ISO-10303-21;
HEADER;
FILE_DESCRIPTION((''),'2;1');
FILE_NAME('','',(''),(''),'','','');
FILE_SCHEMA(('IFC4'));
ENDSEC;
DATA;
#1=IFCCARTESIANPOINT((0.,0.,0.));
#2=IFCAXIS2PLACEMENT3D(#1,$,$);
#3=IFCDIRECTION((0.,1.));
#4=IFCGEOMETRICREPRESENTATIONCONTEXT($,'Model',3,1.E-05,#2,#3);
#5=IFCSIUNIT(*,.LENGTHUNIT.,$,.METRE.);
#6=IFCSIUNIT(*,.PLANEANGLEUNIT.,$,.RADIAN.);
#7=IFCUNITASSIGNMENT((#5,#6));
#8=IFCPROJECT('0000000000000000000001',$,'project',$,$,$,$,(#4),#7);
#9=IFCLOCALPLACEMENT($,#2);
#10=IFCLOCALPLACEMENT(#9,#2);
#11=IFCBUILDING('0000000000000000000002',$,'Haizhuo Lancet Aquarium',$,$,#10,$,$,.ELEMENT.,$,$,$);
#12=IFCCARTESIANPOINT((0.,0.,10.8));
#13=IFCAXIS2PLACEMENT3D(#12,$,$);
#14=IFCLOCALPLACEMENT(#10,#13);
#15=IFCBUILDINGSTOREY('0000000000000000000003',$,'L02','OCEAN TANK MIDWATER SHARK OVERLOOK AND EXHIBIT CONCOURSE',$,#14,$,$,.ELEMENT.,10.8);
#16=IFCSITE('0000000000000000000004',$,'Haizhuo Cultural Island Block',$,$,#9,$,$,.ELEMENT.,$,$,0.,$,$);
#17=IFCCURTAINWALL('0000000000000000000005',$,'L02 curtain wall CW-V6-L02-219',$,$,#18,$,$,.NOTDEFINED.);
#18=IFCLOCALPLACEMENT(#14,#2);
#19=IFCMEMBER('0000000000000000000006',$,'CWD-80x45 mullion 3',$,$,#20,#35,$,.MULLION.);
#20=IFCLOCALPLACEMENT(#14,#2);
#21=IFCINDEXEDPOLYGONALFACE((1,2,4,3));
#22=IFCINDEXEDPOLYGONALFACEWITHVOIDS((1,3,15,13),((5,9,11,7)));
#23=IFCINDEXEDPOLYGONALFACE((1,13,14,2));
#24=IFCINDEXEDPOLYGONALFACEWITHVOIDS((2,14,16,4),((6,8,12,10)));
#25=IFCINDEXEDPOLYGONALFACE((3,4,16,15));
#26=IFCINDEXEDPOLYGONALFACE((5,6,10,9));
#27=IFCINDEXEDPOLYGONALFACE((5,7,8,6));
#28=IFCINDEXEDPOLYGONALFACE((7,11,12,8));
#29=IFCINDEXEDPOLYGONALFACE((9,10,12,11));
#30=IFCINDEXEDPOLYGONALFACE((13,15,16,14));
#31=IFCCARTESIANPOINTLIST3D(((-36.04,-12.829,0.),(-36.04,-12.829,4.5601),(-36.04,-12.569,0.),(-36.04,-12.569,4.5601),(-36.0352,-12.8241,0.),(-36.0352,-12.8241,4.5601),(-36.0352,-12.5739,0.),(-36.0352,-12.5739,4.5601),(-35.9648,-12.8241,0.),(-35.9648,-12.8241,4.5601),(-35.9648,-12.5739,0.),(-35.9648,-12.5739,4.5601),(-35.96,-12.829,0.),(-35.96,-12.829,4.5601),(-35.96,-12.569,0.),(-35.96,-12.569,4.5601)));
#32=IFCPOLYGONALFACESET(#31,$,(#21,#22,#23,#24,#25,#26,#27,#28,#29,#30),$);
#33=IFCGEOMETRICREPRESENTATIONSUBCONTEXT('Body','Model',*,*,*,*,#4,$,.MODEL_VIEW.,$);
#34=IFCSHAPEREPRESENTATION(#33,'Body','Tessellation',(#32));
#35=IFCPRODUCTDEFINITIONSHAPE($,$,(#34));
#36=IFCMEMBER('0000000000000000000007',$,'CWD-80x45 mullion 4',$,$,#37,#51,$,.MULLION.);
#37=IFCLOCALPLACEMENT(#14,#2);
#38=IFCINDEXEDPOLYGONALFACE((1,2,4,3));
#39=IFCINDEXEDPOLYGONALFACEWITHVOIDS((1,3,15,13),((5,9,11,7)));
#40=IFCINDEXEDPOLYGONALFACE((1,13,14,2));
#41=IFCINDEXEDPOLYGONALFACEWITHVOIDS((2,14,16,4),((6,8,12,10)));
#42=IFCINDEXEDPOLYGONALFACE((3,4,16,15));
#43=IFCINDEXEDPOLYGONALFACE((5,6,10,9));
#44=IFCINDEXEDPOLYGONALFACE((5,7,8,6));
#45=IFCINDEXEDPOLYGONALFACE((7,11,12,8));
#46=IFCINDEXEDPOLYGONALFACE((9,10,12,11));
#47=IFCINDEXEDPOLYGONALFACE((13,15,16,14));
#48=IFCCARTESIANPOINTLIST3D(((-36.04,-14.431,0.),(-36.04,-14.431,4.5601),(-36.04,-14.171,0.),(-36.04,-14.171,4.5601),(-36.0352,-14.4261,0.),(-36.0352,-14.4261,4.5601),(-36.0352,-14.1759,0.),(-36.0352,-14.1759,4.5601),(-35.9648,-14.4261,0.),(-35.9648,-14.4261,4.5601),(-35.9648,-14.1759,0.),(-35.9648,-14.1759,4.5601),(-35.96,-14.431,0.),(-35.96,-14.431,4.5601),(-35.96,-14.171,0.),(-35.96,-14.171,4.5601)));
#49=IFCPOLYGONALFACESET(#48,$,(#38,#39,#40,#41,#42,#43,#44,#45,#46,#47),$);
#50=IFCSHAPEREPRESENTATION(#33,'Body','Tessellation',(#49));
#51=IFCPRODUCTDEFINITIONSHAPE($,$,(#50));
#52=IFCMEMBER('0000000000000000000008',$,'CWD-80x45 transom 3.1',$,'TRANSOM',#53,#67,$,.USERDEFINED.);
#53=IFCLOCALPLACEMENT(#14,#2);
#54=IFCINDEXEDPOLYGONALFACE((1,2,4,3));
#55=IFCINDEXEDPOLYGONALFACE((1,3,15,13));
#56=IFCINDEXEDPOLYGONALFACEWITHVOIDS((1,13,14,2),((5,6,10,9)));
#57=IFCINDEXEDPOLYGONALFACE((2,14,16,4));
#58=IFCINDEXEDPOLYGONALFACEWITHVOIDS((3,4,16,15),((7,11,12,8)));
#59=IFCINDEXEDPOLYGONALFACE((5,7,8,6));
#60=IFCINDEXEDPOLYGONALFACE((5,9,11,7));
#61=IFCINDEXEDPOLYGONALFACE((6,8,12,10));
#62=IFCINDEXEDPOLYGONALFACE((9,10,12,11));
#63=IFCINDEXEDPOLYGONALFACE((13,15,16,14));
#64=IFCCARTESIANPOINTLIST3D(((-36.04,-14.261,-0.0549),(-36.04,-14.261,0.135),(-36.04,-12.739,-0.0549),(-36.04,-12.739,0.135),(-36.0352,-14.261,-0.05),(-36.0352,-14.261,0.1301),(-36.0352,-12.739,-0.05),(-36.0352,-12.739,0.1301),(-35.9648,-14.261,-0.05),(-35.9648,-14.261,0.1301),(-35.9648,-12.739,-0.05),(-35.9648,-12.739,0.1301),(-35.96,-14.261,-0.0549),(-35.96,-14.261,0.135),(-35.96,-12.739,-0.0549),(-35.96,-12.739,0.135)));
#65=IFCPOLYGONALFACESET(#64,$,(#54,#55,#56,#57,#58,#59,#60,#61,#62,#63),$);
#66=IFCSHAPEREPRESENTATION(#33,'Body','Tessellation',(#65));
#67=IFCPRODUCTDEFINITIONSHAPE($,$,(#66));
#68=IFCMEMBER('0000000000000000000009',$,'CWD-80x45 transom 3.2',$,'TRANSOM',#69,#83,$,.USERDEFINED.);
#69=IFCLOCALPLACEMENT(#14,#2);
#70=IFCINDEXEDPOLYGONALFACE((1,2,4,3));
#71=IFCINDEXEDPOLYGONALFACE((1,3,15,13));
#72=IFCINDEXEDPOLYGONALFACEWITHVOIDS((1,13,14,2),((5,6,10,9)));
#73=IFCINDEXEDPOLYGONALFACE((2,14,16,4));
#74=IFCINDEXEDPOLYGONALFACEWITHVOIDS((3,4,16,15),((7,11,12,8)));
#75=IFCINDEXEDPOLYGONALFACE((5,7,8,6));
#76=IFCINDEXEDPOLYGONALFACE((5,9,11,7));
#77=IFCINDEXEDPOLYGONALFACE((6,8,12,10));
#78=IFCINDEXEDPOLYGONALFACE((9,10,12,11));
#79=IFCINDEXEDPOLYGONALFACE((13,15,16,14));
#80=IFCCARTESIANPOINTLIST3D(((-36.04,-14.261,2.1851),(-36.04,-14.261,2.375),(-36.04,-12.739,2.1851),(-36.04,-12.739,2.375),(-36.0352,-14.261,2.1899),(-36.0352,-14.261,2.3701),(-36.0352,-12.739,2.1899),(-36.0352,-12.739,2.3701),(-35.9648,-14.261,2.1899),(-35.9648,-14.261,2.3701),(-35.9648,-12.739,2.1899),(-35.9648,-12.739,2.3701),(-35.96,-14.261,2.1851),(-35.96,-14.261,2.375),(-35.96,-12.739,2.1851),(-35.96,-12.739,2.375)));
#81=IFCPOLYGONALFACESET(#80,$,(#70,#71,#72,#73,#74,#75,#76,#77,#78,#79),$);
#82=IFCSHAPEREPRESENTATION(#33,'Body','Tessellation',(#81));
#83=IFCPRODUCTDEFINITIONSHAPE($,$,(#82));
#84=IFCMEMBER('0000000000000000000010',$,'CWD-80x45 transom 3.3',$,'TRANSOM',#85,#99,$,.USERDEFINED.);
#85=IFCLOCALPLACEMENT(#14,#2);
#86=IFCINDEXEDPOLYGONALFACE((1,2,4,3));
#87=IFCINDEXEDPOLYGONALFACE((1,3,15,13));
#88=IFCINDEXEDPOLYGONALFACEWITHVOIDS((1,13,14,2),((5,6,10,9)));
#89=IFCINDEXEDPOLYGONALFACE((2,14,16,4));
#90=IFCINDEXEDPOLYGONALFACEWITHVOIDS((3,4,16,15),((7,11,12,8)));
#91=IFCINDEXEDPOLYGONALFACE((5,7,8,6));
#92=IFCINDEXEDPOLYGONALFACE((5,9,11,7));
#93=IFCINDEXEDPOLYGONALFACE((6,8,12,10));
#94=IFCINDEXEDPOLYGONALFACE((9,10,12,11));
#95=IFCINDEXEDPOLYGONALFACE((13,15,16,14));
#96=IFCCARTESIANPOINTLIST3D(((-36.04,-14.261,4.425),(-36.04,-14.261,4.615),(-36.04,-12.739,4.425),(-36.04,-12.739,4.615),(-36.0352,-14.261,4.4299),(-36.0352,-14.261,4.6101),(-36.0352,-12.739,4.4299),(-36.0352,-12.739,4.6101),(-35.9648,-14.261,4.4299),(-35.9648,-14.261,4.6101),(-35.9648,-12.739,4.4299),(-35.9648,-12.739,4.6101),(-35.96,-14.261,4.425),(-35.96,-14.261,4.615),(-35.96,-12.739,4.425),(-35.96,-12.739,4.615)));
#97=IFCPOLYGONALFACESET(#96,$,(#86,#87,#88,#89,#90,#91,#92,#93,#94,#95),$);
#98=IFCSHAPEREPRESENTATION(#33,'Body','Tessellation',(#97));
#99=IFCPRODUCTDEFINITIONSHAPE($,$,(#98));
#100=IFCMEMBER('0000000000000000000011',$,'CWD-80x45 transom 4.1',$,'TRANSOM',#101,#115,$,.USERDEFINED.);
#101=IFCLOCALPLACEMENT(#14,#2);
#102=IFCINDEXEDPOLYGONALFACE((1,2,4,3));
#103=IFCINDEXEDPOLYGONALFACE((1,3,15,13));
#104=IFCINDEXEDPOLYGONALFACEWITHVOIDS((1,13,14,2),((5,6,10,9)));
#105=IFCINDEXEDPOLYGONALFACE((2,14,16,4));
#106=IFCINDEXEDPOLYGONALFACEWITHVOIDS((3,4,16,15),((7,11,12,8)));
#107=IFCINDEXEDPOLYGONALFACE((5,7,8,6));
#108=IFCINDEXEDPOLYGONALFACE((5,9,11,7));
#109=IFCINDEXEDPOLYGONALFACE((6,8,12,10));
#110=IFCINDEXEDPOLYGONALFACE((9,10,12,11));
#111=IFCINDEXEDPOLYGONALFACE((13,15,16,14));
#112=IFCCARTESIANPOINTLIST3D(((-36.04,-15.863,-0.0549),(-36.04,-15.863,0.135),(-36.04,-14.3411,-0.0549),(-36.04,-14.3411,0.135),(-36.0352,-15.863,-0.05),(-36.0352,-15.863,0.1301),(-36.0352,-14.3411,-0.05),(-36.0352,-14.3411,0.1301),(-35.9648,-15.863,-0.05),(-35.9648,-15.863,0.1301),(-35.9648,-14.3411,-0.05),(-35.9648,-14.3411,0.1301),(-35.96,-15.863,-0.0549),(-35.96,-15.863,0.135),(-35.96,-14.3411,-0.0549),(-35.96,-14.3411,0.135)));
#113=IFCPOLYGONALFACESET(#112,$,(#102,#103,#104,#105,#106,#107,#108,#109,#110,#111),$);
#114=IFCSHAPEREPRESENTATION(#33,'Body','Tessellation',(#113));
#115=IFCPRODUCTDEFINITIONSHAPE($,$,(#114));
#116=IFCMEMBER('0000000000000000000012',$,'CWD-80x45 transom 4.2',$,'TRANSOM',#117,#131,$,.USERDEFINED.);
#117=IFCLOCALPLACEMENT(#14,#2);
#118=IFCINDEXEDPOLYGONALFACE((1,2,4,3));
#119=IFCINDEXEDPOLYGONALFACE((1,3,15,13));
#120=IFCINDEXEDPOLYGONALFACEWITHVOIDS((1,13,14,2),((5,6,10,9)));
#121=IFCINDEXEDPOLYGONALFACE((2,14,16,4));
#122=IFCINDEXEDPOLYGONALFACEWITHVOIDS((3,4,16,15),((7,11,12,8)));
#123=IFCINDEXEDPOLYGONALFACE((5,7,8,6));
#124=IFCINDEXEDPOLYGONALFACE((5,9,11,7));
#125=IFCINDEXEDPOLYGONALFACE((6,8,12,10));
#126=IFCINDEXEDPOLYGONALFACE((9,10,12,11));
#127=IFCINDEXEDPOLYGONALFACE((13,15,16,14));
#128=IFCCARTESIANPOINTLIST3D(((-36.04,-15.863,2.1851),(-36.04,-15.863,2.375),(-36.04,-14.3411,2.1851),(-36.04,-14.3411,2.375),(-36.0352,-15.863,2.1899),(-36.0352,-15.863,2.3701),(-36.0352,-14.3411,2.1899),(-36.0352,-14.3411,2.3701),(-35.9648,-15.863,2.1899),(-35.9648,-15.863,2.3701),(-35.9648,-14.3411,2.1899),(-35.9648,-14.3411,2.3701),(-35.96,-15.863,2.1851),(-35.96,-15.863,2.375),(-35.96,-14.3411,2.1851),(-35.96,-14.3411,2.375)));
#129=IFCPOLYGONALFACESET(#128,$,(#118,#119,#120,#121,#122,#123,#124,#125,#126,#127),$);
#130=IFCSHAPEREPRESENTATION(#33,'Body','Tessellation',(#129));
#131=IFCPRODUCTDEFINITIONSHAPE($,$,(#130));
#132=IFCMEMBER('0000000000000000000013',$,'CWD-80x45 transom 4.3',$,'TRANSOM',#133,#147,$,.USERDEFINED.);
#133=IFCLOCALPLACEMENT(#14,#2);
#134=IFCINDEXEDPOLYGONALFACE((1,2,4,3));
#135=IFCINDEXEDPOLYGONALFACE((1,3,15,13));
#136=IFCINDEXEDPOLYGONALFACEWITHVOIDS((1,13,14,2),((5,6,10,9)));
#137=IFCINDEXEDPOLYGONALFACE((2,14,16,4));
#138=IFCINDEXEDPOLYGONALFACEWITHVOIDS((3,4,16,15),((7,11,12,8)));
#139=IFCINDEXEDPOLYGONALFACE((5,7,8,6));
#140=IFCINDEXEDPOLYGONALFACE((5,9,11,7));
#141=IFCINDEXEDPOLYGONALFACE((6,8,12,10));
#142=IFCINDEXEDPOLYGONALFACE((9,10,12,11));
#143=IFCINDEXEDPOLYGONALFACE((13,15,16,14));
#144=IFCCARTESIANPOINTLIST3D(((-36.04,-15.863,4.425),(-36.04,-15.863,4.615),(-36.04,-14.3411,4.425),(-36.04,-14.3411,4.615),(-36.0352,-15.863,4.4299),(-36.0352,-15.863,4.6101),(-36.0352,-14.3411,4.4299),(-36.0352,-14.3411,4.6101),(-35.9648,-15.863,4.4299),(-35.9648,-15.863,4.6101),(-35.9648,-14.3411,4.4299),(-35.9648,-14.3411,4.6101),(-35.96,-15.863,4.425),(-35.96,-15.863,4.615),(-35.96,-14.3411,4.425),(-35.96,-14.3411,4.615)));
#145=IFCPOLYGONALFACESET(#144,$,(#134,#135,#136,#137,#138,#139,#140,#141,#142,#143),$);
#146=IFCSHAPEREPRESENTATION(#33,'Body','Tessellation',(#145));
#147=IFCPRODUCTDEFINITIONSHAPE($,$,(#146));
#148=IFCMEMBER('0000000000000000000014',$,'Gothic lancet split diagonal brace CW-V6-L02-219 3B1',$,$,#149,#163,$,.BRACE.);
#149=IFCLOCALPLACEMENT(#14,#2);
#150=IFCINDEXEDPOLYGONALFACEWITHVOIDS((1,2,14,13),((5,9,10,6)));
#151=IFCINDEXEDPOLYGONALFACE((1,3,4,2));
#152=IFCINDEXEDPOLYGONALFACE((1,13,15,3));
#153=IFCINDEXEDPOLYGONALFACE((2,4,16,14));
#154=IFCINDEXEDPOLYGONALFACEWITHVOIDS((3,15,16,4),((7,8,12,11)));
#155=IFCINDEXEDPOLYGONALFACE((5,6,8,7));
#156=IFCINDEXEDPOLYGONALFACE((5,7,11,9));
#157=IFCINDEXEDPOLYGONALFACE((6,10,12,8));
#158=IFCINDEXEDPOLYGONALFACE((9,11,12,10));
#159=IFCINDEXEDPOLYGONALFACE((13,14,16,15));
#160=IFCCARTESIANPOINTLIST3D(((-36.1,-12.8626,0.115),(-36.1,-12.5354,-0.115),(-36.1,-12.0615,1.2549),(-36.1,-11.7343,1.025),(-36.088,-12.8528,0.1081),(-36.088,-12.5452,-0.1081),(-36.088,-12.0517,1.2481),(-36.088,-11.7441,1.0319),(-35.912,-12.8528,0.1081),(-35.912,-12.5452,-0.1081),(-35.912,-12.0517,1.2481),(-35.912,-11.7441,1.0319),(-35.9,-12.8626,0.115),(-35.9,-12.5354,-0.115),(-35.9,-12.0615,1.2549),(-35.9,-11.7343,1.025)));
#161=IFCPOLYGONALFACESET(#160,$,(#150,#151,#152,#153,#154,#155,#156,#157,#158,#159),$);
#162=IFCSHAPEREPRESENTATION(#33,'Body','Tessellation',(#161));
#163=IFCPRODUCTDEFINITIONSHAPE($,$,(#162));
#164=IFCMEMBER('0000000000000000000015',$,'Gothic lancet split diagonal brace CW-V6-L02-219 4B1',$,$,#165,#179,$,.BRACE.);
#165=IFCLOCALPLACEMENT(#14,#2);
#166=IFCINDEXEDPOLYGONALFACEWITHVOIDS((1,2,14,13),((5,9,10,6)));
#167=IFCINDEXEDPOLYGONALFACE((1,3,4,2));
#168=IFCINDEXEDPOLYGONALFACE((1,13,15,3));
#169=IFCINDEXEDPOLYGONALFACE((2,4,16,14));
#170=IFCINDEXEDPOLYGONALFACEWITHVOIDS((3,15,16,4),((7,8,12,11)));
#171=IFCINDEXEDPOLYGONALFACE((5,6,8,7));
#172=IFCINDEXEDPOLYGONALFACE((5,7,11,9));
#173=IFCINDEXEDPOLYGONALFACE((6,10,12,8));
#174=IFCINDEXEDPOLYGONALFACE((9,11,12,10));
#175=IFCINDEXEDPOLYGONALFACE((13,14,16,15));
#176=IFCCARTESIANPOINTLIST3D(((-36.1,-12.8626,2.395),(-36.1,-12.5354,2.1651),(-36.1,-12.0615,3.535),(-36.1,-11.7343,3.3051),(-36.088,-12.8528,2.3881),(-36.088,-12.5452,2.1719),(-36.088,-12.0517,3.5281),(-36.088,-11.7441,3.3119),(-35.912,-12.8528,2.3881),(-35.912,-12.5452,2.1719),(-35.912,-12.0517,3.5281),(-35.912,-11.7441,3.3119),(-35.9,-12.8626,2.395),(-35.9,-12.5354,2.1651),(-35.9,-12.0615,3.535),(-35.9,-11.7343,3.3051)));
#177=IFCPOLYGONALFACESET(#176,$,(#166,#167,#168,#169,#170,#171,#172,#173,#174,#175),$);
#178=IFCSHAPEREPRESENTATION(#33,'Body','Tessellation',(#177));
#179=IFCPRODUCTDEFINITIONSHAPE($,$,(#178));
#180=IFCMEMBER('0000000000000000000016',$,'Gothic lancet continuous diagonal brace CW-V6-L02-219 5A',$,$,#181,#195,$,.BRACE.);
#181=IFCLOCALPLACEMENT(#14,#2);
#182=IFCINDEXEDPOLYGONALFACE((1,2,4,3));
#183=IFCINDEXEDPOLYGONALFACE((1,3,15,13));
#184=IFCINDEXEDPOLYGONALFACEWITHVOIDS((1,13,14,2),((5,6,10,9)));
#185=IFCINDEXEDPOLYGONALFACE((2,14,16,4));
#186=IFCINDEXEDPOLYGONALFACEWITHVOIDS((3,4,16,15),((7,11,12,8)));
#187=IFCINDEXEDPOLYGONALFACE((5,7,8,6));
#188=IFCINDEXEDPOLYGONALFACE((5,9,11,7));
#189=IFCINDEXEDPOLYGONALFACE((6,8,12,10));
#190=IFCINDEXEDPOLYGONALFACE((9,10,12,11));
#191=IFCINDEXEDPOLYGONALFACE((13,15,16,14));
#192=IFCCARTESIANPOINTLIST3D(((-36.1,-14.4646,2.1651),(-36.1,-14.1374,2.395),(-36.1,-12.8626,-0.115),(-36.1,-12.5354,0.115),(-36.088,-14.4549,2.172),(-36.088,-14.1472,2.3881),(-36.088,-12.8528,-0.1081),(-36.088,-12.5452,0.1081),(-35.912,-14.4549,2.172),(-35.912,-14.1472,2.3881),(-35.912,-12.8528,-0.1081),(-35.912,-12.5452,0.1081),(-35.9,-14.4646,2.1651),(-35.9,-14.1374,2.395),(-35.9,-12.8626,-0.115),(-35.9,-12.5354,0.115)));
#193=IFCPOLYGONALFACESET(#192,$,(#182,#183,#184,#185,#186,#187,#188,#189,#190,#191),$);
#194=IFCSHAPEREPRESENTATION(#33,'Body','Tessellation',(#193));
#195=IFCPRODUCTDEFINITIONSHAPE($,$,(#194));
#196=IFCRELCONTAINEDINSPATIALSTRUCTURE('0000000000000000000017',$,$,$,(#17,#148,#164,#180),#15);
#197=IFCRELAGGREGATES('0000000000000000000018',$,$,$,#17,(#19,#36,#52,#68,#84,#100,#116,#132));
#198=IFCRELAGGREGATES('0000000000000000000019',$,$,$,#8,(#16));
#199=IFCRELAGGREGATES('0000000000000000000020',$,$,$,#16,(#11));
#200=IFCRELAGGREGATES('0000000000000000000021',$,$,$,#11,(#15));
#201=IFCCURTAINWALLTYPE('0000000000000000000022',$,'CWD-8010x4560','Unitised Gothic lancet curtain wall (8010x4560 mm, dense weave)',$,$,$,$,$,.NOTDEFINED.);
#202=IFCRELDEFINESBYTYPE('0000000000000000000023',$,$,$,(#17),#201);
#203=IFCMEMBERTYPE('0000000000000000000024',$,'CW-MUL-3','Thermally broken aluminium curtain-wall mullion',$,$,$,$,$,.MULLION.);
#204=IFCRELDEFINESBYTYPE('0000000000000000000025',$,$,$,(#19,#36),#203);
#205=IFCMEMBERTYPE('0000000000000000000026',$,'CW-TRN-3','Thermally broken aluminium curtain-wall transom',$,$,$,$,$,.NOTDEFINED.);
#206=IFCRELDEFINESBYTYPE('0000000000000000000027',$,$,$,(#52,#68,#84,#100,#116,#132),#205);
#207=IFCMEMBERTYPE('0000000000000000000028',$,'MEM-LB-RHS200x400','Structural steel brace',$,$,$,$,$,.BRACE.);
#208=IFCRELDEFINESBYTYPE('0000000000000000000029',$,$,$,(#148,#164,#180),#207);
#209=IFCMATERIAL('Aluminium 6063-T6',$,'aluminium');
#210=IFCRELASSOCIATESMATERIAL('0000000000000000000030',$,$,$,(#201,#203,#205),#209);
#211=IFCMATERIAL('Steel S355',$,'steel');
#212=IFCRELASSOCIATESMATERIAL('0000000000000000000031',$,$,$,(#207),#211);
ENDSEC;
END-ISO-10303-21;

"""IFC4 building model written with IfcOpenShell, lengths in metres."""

from ifc_helpers import new_model, si_unit, direction, frame, origin, origin_2d, place, context, subcontext, project, spatial, hollow_rectangle, extrude, material, material_profile, profile_set, type_object, element, aggregate, save


model = new_model("IFC4")

# Units and contexts
model_context = context("Model", 3, precision=1e-05, world=origin(), true_north=direction((0.0, 1.0)))
body_context = subcontext(model_context, "Body", "Model", "MODEL_VIEW")
ifc_project = project(units=[si_unit("LENGTHUNIT", "METRE"), si_unit("PLANEANGLEUNIT", "RADIAN")], contexts=[model_context])

# Site, building, storey
site_placement = place(None, origin())
site = spatial("IfcSite", under=ifc_project, at=site_placement, Name="Haizhuo Cultural Island Block", CompositionType="ELEMENT", RefElevation=0.0)
building_placement = place(site_placement, origin())
building = spatial("IfcBuilding", under=site, at=building_placement, Name="Haizhuo Lancet Aquarium", CompositionType="ELEMENT")
storey_placement = place(building_placement, frame((0.0, 0.0, 10.8)))
storey = spatial("IfcBuildingStorey", under=building, at=storey_placement, Name="L02", Description="OCEAN TANK MIDWATER SHARK OVERLOOK AND EXHIBIT CONCOURSE", CompositionType="ELEMENT", Elevation=10.8)

# Curtain wall, members
ifc_material_1 = material(Name="Aluminium 6063-T6", Category="aluminium")
curtain_wall_type = type_object("IfcCurtainWallType", Name="CWD-8010x4560", Description="Unitised Gothic lancet curtain wall (8010x4560 mm, dense weave)", PredefinedType="NOTDEFINED", material=ifc_material_1)
curtain_wall_placement = place(storey_placement, origin())
curtain_wall = element("IfcCurtainWall", 1, at=curtain_wall_placement, inside=storey, type_object=curtain_wall_type, Name="L02 curtain wall CW-V6-L02-219", PredefinedType="NOTDEFINED")
ifc_material_profile_1 = material_profile(ifc_material_1, hollow_rectangle(XDim=0.0801, YDim=0.26, WallThickness=0.0049, at=origin_2d()), Name="ALU-M 80x260x5")
ifc_profile_set_1 = profile_set([ifc_material_profile_1], Name="Aluminium 6063-T6")
member_type_1 = type_object("IfcMemberType", Name="CW-MUL-3", Description="Thermally broken aluminium curtain-wall mullion", PredefinedType="MULLION", material=ifc_profile_set_1)
member_1_placement = place(storey_placement, frame((-36.0, -12.699, 0.0), z_axis=(0.0, 0.0, 1.0), x_axis=(1.0, 0.0, 0.0)))
member_1 = element("IfcMember", 2, at=member_1_placement, type_object=member_type_1, Name="CWD-80x45 mullion 3", PredefinedType="MULLION", context=body_context, shape_type="SweptSolid", body=[
    extrude(hollow_rectangle(XDim=0.0801, YDim=0.26, WallThickness=0.0049, at=origin_2d()), origin(), (0.0, 0.0, 1.0), 4.5601),
])
member_2_placement = place(storey_placement, frame((-36.0, -14.301, 0.0), z_axis=(0.0, 0.0, 1.0), x_axis=(1.0, 0.0, 0.0)))
member_2 = element("IfcMember", 3, at=member_2_placement, type_object=member_type_1, Name="CWD-80x45 mullion 4", PredefinedType="MULLION", context=body_context, shape_type="SweptSolid", body=[
    extrude(hollow_rectangle(XDim=0.0801, YDim=0.26, WallThickness=0.0049, at=origin_2d()), origin(), (0.0, 0.0, 1.0), 4.5601),
])
ifc_material_profile_2 = material_profile(ifc_material_1, hollow_rectangle(XDim=0.0801, YDim=0.1899, WallThickness=0.0049, at=origin_2d()), Name="ALU-T 80x190x5")
ifc_profile_set_2 = profile_set([ifc_material_profile_2], Name="Aluminium 6063-T6")
member_type_2 = type_object("IfcMemberType", Name="CW-TRN-3", Description="Thermally broken aluminium curtain-wall transom", PredefinedType="NOTDEFINED", material=ifc_profile_set_2)
member_3_placement = place(storey_placement, frame((-36.0, -12.739, 0.04), z_axis=(0.0, -1.0, 0.0), x_axis=(1.0, 0.0, 0.0)))
member_3 = element("IfcMember", 4, at=member_3_placement, type_object=member_type_2, Name="CWD-80x45 transom 3.1", ObjectType="TRANSOM", PredefinedType="USERDEFINED", context=body_context, shape_type="SweptSolid", body=[
    extrude(hollow_rectangle(XDim=0.0801, YDim=0.1899, WallThickness=0.0049, at=origin_2d()), origin(), (0.0, 0.0, 1.0), 1.522),
])
member_4_placement = place(storey_placement, frame((-36.0, -12.739, 2.28), z_axis=(0.0, -1.0, 0.0), x_axis=(1.0, 0.0, 0.0)))
member_4 = element("IfcMember", 5, at=member_4_placement, type_object=member_type_2, Name="CWD-80x45 transom 3.2", ObjectType="TRANSOM", PredefinedType="USERDEFINED", context=body_context, shape_type="SweptSolid", body=[
    extrude(hollow_rectangle(XDim=0.0801, YDim=0.1899, WallThickness=0.0049, at=origin_2d()), origin(), (0.0, 0.0, 1.0), 1.522),
])
member_5_placement = place(storey_placement, frame((-36.0, -12.739, 4.52), z_axis=(0.0, -1.0, 0.0), x_axis=(1.0, 0.0, 0.0)))
member_5 = element("IfcMember", 6, at=member_5_placement, type_object=member_type_2, Name="CWD-80x45 transom 3.3", ObjectType="TRANSOM", PredefinedType="USERDEFINED", context=body_context, shape_type="SweptSolid", body=[
    extrude(hollow_rectangle(XDim=0.0801, YDim=0.1899, WallThickness=0.0049, at=origin_2d()), origin(), (0.0, 0.0, 1.0), 1.522),
])
member_6_placement = place(storey_placement, frame((-36.0, -14.3411, 0.04), z_axis=(0.0, -1.0, 0.0), x_axis=(1.0, 0.0, 0.0)))
member_6 = element("IfcMember", 7, at=member_6_placement, type_object=member_type_2, Name="CWD-80x45 transom 4.1", ObjectType="TRANSOM", PredefinedType="USERDEFINED", context=body_context, shape_type="SweptSolid", body=[
    extrude(hollow_rectangle(XDim=0.0801, YDim=0.1899, WallThickness=0.0049, at=origin_2d()), origin(), (0.0, 0.0, 1.0), 1.522),
])
member_7_placement = place(storey_placement, frame((-36.0, -14.3411, 2.28), z_axis=(0.0, -1.0, 0.0), x_axis=(1.0, 0.0, 0.0)))
member_7 = element("IfcMember", 8, at=member_7_placement, type_object=member_type_2, Name="CWD-80x45 transom 4.2", ObjectType="TRANSOM", PredefinedType="USERDEFINED", context=body_context, shape_type="SweptSolid", body=[
    extrude(hollow_rectangle(XDim=0.0801, YDim=0.1899, WallThickness=0.0049, at=origin_2d()), origin(), (0.0, 0.0, 1.0), 1.522),
])
member_8_placement = place(storey_placement, frame((-36.0, -14.3411, 4.52), z_axis=(0.0, -1.0, 0.0), x_axis=(1.0, 0.0, 0.0)))
member_8 = element("IfcMember", 9, at=member_8_placement, type_object=member_type_2, Name="CWD-80x45 transom 4.3", ObjectType="TRANSOM", PredefinedType="USERDEFINED", context=body_context, shape_type="SweptSolid", body=[
    extrude(hollow_rectangle(XDim=0.0801, YDim=0.1899, WallThickness=0.0049, at=origin_2d()), origin(), (0.0, 0.0, 1.0), 1.522),
])

# Members
ifc_material_2 = material(Name="Steel S355", Category="steel")
ifc_material_profile_3 = material_profile(ifc_material_2, hollow_rectangle(XDim=0.2, YDim=0.3999, WallThickness=0.012, at=origin_2d()), Name="RHS 200x400x12")
ifc_profile_set_3 = profile_set([ifc_material_profile_3], Name="Steel S355")
member_type_3 = type_object("IfcMemberType", Name="MEM-LB-RHS200x400", Description="Structural steel brace", PredefinedType="BRACE", material=ifc_profile_set_3)
for number, where, z_axis, x_axis, name in (
    (10, (-36.0, -12.699, 0.0), (0.0, 0.574955, 0.818185), (-1.0, 0.0, 0.0), "Gothic lancet split diagonal brace CW-V6-L02-219 3B1"),
    (11, (-36.0, -12.699, 2.28), (0.0, 0.574955, 0.818185), (-1.0, 0.0, 0.0), "Gothic lancet split diagonal brace CW-V6-L02-219 4B1"),
):
    element("IfcMember", number, at=place(storey_placement, frame(where, z_axis=z_axis, x_axis=x_axis)), inside=storey, type_object=member_type_3, Name=name, PredefinedType="BRACE", context=body_context, shape_type="SweptSolid", body=[
        extrude(hollow_rectangle(XDim=0.2, YDim=0.3999, WallThickness=0.012, at=origin_2d()), origin(), (0.0, 0.0, 1.0), 1.3933),
    ])
member_9_placement = place(storey_placement, frame((-36.0, -12.699, 0.0), z_axis=(0.0, -0.574914, 0.818214), x_axis=(1.0, 0.0, 0.0)))
element("IfcMember", 12, at=member_9_placement, inside=storey, type_object=member_type_3, Name="Gothic lancet continuous diagonal brace CW-V6-L02-219 5A", PredefinedType="BRACE", context=body_context, shape_type="SweptSolid", body=[
    extrude(hollow_rectangle(XDim=0.2, YDim=0.3999, WallThickness=0.012, at=origin_2d()), origin(), (0.0, 0.0, 1.0), 2.7866),
])

aggregate(curtain_wall, [member_1, member_2, member_3, member_4, member_5, member_6, member_7, member_8])

save(model, "model.ifc")
